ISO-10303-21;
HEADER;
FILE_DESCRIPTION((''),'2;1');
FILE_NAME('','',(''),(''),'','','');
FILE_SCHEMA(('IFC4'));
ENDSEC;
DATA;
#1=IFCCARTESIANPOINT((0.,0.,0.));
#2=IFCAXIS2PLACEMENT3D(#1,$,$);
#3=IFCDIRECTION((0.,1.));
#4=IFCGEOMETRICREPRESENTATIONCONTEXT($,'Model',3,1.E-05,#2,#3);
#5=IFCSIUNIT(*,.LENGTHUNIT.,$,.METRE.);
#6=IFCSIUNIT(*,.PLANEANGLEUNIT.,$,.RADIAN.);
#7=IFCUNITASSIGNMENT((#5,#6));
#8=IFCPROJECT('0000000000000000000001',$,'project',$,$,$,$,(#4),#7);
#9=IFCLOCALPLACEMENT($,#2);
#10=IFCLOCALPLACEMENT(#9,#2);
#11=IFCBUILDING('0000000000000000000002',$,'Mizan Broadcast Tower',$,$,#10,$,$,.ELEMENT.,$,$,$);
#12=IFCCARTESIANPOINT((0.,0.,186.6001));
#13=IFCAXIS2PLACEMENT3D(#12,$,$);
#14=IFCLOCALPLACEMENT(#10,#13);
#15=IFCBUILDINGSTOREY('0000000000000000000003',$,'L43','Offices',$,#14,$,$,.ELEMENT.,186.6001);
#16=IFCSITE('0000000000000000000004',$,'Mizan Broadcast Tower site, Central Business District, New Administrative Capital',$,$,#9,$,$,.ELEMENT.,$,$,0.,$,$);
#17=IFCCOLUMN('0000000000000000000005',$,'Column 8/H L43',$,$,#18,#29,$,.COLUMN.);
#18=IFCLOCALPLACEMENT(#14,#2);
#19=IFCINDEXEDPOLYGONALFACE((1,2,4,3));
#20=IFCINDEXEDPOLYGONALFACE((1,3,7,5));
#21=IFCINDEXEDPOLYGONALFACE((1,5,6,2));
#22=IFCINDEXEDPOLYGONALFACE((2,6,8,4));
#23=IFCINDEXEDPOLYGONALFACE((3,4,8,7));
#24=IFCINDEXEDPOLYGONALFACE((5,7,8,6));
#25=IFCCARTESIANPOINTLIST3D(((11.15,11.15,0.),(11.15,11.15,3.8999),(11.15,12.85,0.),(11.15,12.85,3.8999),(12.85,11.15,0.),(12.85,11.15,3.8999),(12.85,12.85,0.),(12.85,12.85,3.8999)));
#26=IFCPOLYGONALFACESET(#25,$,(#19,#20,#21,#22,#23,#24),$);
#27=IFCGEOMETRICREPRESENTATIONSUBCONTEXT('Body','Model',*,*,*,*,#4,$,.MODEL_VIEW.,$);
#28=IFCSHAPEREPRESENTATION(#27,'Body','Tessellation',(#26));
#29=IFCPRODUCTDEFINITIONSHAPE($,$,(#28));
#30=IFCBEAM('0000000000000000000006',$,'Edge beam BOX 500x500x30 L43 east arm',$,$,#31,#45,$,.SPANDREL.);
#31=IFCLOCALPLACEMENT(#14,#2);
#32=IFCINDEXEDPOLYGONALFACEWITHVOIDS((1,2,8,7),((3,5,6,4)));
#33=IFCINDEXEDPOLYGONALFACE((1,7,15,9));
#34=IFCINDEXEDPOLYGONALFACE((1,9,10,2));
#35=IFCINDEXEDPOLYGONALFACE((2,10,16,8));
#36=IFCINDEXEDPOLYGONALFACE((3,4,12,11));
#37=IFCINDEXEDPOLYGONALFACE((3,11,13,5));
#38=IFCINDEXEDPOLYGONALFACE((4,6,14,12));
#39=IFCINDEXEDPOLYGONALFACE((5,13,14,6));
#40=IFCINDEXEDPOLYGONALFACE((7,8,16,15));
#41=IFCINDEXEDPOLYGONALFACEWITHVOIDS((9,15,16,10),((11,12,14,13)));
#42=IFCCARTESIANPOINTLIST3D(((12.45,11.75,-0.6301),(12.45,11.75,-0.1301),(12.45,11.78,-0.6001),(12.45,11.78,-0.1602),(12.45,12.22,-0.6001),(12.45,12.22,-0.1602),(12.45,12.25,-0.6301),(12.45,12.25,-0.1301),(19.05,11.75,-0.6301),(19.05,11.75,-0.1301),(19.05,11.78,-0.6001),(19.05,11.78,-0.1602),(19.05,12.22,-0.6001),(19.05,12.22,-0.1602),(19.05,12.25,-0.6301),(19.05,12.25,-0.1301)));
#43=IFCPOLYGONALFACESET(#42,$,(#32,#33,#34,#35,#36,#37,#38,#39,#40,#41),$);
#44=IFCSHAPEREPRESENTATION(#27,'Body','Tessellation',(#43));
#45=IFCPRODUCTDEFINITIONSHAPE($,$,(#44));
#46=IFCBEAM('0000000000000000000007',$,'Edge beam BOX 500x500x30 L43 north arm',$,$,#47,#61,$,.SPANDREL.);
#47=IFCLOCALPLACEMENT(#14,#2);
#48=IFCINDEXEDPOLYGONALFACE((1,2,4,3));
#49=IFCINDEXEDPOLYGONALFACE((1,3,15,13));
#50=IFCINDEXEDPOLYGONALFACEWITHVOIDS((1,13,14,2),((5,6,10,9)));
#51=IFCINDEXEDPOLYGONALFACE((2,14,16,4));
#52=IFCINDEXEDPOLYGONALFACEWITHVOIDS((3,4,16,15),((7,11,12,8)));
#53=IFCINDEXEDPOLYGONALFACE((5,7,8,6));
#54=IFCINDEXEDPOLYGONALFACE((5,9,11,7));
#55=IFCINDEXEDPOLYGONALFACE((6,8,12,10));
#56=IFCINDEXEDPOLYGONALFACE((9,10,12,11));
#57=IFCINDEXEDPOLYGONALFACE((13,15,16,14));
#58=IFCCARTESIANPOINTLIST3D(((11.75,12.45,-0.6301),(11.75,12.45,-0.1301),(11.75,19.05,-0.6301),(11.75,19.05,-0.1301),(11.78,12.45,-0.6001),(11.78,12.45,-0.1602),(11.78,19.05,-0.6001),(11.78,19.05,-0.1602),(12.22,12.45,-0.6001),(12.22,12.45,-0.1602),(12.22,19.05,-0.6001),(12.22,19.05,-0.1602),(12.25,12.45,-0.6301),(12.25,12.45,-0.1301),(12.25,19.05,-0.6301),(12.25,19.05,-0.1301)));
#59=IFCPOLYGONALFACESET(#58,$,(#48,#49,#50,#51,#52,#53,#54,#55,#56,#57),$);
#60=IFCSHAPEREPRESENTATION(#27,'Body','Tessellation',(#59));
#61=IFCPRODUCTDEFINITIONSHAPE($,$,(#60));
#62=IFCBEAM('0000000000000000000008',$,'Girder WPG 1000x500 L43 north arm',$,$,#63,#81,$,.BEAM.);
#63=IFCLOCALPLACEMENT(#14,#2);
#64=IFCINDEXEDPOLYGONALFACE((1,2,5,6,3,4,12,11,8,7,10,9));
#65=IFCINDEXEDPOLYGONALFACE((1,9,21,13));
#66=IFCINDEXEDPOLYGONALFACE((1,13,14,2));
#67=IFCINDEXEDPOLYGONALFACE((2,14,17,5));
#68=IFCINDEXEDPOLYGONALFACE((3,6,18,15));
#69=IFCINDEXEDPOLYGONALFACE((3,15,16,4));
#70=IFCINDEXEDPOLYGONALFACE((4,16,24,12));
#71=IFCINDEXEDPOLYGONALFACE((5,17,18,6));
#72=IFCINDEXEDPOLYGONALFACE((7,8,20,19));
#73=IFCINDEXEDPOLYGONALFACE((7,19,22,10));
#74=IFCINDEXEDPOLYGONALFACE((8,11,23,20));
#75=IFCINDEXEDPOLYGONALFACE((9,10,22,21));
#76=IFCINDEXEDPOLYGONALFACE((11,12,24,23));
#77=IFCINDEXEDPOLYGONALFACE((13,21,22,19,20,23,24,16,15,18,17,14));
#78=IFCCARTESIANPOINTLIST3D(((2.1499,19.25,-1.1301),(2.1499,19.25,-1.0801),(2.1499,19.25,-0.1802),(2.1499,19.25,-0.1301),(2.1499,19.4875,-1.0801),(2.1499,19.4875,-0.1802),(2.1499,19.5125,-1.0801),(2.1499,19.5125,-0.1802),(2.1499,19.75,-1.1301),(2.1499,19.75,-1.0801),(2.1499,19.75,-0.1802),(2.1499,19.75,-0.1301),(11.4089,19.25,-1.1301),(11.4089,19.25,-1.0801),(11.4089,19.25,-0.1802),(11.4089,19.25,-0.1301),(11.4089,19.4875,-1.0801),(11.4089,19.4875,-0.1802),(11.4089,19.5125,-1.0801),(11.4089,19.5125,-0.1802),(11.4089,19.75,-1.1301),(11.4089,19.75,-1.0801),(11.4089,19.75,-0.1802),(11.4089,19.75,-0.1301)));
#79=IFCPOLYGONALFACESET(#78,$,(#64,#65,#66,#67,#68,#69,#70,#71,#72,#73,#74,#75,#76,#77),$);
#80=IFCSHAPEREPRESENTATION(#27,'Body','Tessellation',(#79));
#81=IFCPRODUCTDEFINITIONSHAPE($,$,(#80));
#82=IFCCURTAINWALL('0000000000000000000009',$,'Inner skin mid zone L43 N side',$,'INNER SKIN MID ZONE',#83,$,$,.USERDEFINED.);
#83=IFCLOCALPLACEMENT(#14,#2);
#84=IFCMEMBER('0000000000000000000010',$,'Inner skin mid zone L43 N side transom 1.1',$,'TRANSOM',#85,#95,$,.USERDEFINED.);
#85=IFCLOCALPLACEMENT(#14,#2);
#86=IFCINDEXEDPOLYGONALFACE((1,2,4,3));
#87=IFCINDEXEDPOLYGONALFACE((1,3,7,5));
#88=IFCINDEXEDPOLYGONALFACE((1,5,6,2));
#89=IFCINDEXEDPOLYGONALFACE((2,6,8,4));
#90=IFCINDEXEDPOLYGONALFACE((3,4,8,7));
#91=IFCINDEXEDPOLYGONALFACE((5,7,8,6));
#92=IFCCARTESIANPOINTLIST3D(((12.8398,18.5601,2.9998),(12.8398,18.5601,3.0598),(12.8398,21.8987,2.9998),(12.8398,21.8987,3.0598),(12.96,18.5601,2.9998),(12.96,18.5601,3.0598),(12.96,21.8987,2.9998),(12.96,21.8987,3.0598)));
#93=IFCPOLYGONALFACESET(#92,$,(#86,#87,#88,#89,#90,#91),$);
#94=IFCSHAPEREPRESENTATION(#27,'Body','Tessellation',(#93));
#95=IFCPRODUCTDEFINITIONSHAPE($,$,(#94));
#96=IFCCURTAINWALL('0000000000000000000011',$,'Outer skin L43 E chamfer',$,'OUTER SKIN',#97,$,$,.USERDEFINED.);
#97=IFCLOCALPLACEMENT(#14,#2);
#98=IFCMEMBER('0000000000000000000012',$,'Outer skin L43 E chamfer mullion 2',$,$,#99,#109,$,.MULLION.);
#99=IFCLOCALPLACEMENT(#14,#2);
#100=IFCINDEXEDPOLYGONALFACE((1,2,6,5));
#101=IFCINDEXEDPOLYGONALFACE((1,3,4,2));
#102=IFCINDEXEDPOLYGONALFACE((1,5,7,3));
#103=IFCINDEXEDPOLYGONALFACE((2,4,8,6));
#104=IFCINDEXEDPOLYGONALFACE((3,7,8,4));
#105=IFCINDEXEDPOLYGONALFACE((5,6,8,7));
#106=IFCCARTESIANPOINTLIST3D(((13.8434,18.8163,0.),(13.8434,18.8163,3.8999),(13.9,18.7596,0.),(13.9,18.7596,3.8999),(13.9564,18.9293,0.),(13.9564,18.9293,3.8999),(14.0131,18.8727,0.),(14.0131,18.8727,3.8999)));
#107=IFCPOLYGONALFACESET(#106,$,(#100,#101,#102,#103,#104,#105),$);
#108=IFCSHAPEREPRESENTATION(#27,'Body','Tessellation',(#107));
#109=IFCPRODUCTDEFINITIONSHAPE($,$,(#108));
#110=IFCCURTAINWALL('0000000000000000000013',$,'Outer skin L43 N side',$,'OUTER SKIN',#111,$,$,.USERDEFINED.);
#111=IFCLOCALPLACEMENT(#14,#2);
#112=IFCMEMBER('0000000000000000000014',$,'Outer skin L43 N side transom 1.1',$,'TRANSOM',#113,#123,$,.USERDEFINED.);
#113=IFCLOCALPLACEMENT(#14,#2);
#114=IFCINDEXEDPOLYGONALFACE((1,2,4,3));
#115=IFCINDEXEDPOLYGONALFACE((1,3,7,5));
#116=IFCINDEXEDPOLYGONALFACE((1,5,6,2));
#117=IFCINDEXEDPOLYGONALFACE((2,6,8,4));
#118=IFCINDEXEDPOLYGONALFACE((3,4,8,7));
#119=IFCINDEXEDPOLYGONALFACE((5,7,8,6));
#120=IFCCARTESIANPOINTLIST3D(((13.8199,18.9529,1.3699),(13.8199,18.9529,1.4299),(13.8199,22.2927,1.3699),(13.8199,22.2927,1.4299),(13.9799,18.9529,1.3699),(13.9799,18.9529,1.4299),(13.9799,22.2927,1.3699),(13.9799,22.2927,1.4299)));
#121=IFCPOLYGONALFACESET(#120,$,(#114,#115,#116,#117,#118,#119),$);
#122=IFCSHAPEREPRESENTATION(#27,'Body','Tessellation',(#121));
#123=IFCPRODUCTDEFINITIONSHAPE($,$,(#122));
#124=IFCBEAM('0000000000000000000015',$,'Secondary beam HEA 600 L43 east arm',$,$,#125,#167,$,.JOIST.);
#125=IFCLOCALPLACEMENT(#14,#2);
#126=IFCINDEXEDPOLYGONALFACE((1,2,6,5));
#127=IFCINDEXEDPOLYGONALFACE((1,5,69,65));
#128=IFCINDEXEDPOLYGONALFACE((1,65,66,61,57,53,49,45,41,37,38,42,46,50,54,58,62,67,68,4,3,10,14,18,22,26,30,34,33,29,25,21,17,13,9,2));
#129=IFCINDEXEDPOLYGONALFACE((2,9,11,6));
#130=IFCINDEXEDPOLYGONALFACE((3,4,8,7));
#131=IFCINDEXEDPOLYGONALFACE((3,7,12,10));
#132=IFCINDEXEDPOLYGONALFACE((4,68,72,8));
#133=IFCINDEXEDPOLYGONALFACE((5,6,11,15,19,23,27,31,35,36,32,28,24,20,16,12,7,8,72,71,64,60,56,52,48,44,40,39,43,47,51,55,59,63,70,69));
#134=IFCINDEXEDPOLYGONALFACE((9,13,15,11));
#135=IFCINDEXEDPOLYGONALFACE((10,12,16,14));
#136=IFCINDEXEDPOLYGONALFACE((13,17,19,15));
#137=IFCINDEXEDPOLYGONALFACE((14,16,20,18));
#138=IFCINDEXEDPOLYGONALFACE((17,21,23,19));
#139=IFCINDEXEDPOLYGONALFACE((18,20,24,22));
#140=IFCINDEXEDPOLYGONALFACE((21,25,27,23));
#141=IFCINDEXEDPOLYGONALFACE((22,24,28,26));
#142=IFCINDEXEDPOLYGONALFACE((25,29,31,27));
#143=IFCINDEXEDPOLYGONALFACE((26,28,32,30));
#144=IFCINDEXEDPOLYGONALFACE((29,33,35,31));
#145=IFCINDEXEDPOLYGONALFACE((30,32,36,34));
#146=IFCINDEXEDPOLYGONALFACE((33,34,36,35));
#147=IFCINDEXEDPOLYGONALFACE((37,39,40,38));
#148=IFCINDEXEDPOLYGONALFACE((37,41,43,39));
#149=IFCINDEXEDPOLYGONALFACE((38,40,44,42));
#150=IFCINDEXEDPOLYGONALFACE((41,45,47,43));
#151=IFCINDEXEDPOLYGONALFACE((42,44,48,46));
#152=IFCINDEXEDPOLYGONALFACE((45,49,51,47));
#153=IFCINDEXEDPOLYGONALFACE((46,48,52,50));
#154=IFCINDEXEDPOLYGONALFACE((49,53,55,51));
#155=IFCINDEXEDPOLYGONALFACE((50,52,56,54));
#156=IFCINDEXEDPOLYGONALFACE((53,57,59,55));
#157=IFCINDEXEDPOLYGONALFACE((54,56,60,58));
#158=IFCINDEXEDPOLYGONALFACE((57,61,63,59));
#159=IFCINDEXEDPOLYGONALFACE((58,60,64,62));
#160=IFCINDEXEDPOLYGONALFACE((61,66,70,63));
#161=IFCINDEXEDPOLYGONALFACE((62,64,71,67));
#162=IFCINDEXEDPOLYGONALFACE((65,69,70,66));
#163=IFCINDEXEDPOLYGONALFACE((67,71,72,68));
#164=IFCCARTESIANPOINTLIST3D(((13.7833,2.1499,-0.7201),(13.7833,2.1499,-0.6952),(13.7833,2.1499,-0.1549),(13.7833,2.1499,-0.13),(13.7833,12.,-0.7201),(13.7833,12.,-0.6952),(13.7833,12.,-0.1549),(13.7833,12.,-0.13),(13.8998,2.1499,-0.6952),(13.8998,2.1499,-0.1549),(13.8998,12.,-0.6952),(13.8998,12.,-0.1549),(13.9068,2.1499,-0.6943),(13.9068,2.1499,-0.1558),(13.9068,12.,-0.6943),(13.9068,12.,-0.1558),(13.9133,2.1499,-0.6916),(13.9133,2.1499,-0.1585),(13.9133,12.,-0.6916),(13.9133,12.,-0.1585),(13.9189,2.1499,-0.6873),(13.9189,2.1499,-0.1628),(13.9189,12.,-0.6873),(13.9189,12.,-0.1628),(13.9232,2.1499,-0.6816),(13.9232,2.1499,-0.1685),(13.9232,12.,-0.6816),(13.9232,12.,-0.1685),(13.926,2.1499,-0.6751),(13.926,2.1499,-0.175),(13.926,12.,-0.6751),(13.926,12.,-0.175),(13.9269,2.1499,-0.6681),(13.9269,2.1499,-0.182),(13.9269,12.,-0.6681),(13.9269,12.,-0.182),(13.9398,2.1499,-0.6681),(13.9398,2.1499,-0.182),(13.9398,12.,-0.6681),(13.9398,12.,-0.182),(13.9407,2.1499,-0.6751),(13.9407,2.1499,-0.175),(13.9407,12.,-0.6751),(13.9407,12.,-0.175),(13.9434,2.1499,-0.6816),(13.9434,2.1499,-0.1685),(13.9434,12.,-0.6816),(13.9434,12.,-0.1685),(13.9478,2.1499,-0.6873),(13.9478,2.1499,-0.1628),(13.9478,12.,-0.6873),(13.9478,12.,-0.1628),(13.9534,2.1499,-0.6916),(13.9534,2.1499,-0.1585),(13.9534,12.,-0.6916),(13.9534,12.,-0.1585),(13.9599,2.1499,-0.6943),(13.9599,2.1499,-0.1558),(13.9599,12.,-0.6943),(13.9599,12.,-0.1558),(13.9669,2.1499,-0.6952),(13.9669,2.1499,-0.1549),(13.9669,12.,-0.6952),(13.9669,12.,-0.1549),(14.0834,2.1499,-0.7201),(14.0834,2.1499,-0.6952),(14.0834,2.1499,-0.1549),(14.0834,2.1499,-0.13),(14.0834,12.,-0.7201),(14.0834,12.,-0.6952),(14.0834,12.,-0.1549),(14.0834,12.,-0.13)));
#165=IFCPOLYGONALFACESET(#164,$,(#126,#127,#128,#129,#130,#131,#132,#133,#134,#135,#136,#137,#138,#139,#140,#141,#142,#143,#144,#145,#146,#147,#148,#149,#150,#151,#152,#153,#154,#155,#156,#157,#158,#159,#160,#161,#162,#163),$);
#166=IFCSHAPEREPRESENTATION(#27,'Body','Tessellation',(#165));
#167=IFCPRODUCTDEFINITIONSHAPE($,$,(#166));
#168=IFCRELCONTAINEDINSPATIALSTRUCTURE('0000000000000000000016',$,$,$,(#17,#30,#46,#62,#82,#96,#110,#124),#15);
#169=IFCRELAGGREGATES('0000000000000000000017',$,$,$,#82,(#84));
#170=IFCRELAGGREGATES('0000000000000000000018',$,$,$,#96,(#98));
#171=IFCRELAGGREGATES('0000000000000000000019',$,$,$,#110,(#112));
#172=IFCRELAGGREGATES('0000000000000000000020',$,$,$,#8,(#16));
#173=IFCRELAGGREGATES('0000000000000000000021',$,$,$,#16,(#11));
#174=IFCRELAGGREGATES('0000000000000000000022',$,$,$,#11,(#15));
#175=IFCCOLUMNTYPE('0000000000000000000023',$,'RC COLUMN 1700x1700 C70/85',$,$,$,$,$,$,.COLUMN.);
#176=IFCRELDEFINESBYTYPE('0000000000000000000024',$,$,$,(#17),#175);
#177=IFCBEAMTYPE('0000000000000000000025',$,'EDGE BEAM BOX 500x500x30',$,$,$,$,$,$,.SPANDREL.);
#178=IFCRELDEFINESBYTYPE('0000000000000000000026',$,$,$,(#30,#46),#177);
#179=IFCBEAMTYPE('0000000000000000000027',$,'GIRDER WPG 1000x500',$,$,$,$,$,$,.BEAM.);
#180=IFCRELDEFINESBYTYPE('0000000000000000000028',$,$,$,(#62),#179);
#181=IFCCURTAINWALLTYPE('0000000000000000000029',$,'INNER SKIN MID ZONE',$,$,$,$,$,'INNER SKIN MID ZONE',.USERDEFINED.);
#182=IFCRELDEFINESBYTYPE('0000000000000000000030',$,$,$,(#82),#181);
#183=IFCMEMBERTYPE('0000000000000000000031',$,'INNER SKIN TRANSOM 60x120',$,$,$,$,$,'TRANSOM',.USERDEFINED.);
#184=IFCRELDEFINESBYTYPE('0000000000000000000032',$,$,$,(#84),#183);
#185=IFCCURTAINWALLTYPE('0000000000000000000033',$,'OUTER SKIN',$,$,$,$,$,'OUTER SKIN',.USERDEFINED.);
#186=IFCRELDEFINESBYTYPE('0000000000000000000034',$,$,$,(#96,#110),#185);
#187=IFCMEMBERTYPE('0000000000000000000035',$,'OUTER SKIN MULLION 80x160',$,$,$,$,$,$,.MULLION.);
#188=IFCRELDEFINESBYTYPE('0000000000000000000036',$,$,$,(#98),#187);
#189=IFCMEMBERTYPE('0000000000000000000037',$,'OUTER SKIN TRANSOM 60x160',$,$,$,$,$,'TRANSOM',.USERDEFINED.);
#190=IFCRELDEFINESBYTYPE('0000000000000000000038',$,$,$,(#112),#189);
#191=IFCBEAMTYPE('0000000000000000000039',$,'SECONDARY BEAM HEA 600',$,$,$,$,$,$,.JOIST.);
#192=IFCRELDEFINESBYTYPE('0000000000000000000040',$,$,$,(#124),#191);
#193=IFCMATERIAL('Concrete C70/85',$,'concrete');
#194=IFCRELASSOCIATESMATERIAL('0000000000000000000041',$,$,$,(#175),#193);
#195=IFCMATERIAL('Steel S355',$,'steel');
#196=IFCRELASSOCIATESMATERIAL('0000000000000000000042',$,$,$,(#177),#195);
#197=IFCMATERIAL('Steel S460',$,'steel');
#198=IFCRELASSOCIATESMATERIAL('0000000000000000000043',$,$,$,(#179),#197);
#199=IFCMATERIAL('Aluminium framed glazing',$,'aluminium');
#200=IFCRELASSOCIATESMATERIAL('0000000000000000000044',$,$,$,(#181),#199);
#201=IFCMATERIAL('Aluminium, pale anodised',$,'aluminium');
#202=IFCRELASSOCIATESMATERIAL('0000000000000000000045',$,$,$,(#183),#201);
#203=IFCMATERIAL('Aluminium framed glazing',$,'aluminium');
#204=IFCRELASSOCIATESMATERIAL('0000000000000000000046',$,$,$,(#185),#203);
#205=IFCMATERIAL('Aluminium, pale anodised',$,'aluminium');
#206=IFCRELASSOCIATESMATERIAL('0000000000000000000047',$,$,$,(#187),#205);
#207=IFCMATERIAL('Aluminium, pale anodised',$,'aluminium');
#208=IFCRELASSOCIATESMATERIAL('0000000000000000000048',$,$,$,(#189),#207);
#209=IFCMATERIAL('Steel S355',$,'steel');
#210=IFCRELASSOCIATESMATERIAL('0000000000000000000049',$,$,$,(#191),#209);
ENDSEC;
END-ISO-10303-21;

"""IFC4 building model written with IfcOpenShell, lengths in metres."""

from ifc_helpers import new_model, si_unit, direction, frame, origin, origin_2d, place, context, subcontext, project, spatial, rectangle, hollow_rectangle, i_section, extrude, material, material_profile, profile_set, type_object, element, aggregate, save


model = new_model("IFC4")

# Units and contexts
model_context = context("Model", 3, precision=1e-05, world=origin(), true_north=direction((0.0, 1.0)))
body_context = subcontext(model_context, "Body", "Model", "MODEL_VIEW")
ifc_project = project(units=[si_unit("LENGTHUNIT", "METRE"), si_unit("PLANEANGLEUNIT", "RADIAN")], contexts=[model_context])

# Site, building, storey
site_placement = place(None, origin())
site = spatial("IfcSite", under=ifc_project, at=site_placement, Name="Mizan Broadcast Tower site, Central Business District, New Administrative Capital", CompositionType="ELEMENT", RefElevation=0.0)
building_placement = place(site_placement, origin())
building = spatial("IfcBuilding", under=site, at=building_placement, Name="Mizan Broadcast Tower", CompositionType="ELEMENT")
storey_placement = place(building_placement, frame((0.0, 0.0, 186.6001)))
storey = spatial("IfcBuildingStorey", under=building, at=storey_placement, Name="L43", Description="Offices", CompositionType="ELEMENT", Elevation=186.6001)

# Column
ifc_material_1 = material(Name="Concrete C70/85", Category="concrete")
ifc_material_profile_1 = material_profile(ifc_material_1, rectangle(XDim=1.7, YDim=1.7, at=origin_2d()), Name="RC 1700x1700")
ifc_profile_set_1 = profile_set([ifc_material_profile_1], Name="Concrete C70/85")
column_type = type_object("IfcColumnType", Name="RC COLUMN 1700x1700 C70/85", PredefinedType="COLUMN", material=ifc_profile_set_1)
column_placement = place(storey_placement, frame((12.0, 12.0, 0.0), z_axis=(0.0, 0.0, 1.0), x_axis=(1.0, 0.0, 0.0)))
element("IfcColumn", 1, at=column_placement, inside=storey, type_object=column_type, Name="Column 8/H L43", PredefinedType="COLUMN", context=body_context, shape_type="SweptSolid", body=[
    extrude(rectangle(XDim=1.7, YDim=1.7, at=origin_2d()), origin(), (0.0, 0.0, 1.0), 3.8999),
])

# Beams
ifc_material_2 = material(Name="Steel S355", Category="steel")
ifc_material_profile_2 = material_profile(ifc_material_2, hollow_rectangle(XDim=0.5, YDim=0.5, WallThickness=0.03, at=origin_2d()), Name="BOX 500x500x30")
ifc_profile_set_2 = profile_set([ifc_material_profile_2], Name="Steel S355")
beam_type_1 = type_object("IfcBeamType", Name="EDGE BEAM BOX 500x500x30", PredefinedType="SPANDREL", material=ifc_profile_set_2)
for number, where, z_axis, x_axis, name in (
    (2, (12.45, 12.0, -0.3801), (1.0, 0.0, 0.0), (0.0, 1.0, 0.0), "Edge beam BOX 500x500x30 L43 east arm"),
    (3, (12.0, 12.45, -0.3801), (0.0, 1.0, 0.0), (-1.0, 0.0, 0.0), "Edge beam BOX 500x500x30 L43 north arm"),
):
    element("IfcBeam", number, at=place(storey_placement, frame(where, z_axis=z_axis, x_axis=x_axis)), inside=storey, type_object=beam_type_1, Name=name, PredefinedType="SPANDREL", context=body_context, shape_type="SweptSolid", body=[
        extrude(hollow_rectangle(XDim=0.5, YDim=0.5, WallThickness=0.03, at=origin_2d()), origin(), (0.0, 0.0, 1.0), 6.6001),
    ])
ifc_material_3 = material(Name="Steel S460", Category="steel")
ifc_material_profile_3 = material_profile(ifc_material_3, i_section(OverallWidth=0.5, OverallDepth=1.0, WebThickness=0.0249, FlangeThickness=0.05, at=origin_2d()), Name="WPG 1000x500")
ifc_profile_set_3 = profile_set([ifc_material_profile_3], Name="Steel S460")
beam_type_2 = type_object("IfcBeamType", Name="GIRDER WPG 1000x500", PredefinedType="BEAM", material=ifc_profile_set_3)
beam_1_placement = place(storey_placement, frame((11.4089, 19.5, -0.6301), z_axis=(-1.0, 0.0, 0.0), x_axis=(0.0, -1.0, 0.0)))
element("IfcBeam", 4, at=beam_1_placement, inside=storey, type_object=beam_type_2, Name="Girder WPG 1000x500 L43 north arm", PredefinedType="BEAM", context=body_context, shape_type="SweptSolid", body=[
    extrude(i_section(OverallWidth=0.5, OverallDepth=1.0, WebThickness=0.0249, FlangeThickness=0.05, at=origin_2d()), origin(), (0.0, 0.0, 1.0), 9.259),
])

# Curtain walls, members
ifc_material_4 = material(Name="Aluminium framed glazing", Category="aluminium")
curtain_wall_type_1 = type_object("IfcCurtainWallType", Name="INNER SKIN MID ZONE", ElementType="INNER SKIN MID ZONE", PredefinedType="USERDEFINED", material=ifc_material_4)
curtain_wall_1_placement = place(storey_placement, origin())
curtain_wall_1 = element("IfcCurtainWall", 5, at=curtain_wall_1_placement, inside=storey, type_object=curtain_wall_type_1, Name="Inner skin mid zone L43 N side", ObjectType="INNER SKIN MID ZONE", PredefinedType="USERDEFINED")
ifc_material_5 = material(Name="Aluminium, pale anodised", Category="aluminium")
ifc_material_profile_4 = material_profile(ifc_material_5, rectangle(XDim=0.1201, YDim=0.0601, at=origin_2d()), Name="TRANSOM 120x60")
ifc_profile_set_4 = profile_set([ifc_material_profile_4], Name="Aluminium, pale anodised")
member_type_1 = type_object("IfcMemberType", Name="INNER SKIN TRANSOM 60x120", ElementType="TRANSOM", PredefinedType="USERDEFINED", material=ifc_profile_set_4)
member_1_placement = place(storey_placement, frame((12.8999, 18.5601, 3.0298), z_axis=(0.0, 1.0, 0.0), x_axis=(-1.0, 0.0, 0.0)))
member_1 = element("IfcMember", 6, at=member_1_placement, type_object=member_type_1, Name="Inner skin mid zone L43 N side transom 1.1", ObjectType="TRANSOM", PredefinedType="USERDEFINED", context=body_context, shape_type="SweptSolid", body=[
    extrude(rectangle(XDim=0.1201, YDim=0.0601, at=origin_2d()), origin(), (0.0, 0.0, 1.0), 3.3386),
])
aggregate(curtain_wall_1, [member_1])
ifc_material_6 = material(Name="Aluminium framed glazing", Category="aluminium")
curtain_wall_type_2 = type_object("IfcCurtainWallType", Name="OUTER SKIN", ElementType="OUTER SKIN", PredefinedType="USERDEFINED", material=ifc_material_6)
curtain_wall_2_placement = place(storey_placement, origin())
curtain_wall_2 = element("IfcCurtainWall", 7, at=curtain_wall_2_placement, inside=storey, type_object=curtain_wall_type_2, Name="Outer skin L43 E chamfer", ObjectType="OUTER SKIN", PredefinedType="USERDEFINED")
ifc_material_7 = material(Name="Aluminium, pale anodised", Category="aluminium")
ifc_material_profile_5 = material_profile(ifc_material_7, rectangle(XDim=0.1599, YDim=0.0801, at=origin_2d()), Name="MULLION 160x80")
ifc_profile_set_5 = profile_set([ifc_material_profile_5], Name="Aluminium, pale anodised")
member_type_2 = type_object("IfcMemberType", Name="OUTER SKIN MULLION 80x160", PredefinedType="MULLION", material=ifc_profile_set_5)
member_2_placement = place(storey_placement, frame((13.9282, 18.8445, 0.0), z_axis=(0.0, 0.0, 1.0), x_axis=(-0.707107, -0.707107, 0.0)))
member_2 = element("IfcMember", 8, at=member_2_placement, type_object=member_type_2, Name="Outer skin L43 E chamfer mullion 2", PredefinedType="MULLION", context=body_context, shape_type="SweptSolid", body=[
    extrude(rectangle(XDim=0.1599, YDim=0.0801, at=origin_2d()), origin(), (0.0, 0.0, 1.0), 3.8999),
])
aggregate(curtain_wall_2, [member_2])
curtain_wall_3_placement = place(storey_placement, origin())
curtain_wall_3 = element("IfcCurtainWall", 9, at=curtain_wall_3_placement, inside=storey, type_object=curtain_wall_type_2, Name="Outer skin L43 N side", ObjectType="OUTER SKIN", PredefinedType="USERDEFINED")
ifc_material_8 = material(Name="Aluminium, pale anodised", Category="aluminium")
ifc_material_profile_6 = material_profile(ifc_material_8, rectangle(XDim=0.1599, YDim=0.0601, at=origin_2d()), Name="TRANSOM 160x60")
ifc_profile_set_6 = profile_set([ifc_material_profile_6], Name="Aluminium, pale anodised")
member_type_3 = type_object("IfcMemberType", Name="OUTER SKIN TRANSOM 60x160", ElementType="TRANSOM", PredefinedType="USERDEFINED", material=ifc_profile_set_6)
member_3_placement = place(storey_placement, frame((13.8999, 18.9529, 1.3999), z_axis=(0.0, 1.0, 0.0), x_axis=(-1.0, 0.0, 0.0)))
member_3 = element("IfcMember", 10, at=member_3_placement, type_object=member_type_3, Name="Outer skin L43 N side transom 1.1", ObjectType="TRANSOM", PredefinedType="USERDEFINED", context=body_context, shape_type="SweptSolid", body=[
    extrude(rectangle(XDim=0.1599, YDim=0.0601, at=origin_2d()), origin(), (0.0, 0.0, 1.0), 3.3398),
])
aggregate(curtain_wall_3, [member_3])

# Beam
ifc_material_9 = material(Name="Steel S355", Category="steel")
ifc_material_profile_7 = material_profile(ifc_material_9, i_section(OverallWidth=0.3, OverallDepth=0.5901, WebThickness=0.0129, FlangeThickness=0.0249, FilletRadius=0.0271, at=origin_2d()), Name="HEA 600")
ifc_profile_set_7 = profile_set([ifc_material_profile_7], Name="Steel S355")
beam_type_3 = type_object("IfcBeamType", Name="SECONDARY BEAM HEA 600", PredefinedType="JOIST", material=ifc_profile_set_7)
for number, where, z_axis, x_axis, name in (
    (11, (13.9333, 12.0, -0.425), (0.0, -1.0, 0.0), (1.0, 0.0, 0.0), "Secondary beam HEA 600 L43 east arm"),
):
    element("IfcBeam", number, at=place(storey_placement, frame(where, z_axis=z_axis, x_axis=x_axis)), inside=storey, type_object=beam_type_3, Name=name, PredefinedType="JOIST", context=body_context, shape_type="SweptSolid", body=[
        extrude(i_section(OverallWidth=0.3, OverallDepth=0.5901, WebThickness=0.0129, FlangeThickness=0.0249, FilletRadius=0.0271, at=origin_2d()), origin(), (0.0, 0.0, 1.0), 9.8501),
    ])

save(model, "model.ifc")
